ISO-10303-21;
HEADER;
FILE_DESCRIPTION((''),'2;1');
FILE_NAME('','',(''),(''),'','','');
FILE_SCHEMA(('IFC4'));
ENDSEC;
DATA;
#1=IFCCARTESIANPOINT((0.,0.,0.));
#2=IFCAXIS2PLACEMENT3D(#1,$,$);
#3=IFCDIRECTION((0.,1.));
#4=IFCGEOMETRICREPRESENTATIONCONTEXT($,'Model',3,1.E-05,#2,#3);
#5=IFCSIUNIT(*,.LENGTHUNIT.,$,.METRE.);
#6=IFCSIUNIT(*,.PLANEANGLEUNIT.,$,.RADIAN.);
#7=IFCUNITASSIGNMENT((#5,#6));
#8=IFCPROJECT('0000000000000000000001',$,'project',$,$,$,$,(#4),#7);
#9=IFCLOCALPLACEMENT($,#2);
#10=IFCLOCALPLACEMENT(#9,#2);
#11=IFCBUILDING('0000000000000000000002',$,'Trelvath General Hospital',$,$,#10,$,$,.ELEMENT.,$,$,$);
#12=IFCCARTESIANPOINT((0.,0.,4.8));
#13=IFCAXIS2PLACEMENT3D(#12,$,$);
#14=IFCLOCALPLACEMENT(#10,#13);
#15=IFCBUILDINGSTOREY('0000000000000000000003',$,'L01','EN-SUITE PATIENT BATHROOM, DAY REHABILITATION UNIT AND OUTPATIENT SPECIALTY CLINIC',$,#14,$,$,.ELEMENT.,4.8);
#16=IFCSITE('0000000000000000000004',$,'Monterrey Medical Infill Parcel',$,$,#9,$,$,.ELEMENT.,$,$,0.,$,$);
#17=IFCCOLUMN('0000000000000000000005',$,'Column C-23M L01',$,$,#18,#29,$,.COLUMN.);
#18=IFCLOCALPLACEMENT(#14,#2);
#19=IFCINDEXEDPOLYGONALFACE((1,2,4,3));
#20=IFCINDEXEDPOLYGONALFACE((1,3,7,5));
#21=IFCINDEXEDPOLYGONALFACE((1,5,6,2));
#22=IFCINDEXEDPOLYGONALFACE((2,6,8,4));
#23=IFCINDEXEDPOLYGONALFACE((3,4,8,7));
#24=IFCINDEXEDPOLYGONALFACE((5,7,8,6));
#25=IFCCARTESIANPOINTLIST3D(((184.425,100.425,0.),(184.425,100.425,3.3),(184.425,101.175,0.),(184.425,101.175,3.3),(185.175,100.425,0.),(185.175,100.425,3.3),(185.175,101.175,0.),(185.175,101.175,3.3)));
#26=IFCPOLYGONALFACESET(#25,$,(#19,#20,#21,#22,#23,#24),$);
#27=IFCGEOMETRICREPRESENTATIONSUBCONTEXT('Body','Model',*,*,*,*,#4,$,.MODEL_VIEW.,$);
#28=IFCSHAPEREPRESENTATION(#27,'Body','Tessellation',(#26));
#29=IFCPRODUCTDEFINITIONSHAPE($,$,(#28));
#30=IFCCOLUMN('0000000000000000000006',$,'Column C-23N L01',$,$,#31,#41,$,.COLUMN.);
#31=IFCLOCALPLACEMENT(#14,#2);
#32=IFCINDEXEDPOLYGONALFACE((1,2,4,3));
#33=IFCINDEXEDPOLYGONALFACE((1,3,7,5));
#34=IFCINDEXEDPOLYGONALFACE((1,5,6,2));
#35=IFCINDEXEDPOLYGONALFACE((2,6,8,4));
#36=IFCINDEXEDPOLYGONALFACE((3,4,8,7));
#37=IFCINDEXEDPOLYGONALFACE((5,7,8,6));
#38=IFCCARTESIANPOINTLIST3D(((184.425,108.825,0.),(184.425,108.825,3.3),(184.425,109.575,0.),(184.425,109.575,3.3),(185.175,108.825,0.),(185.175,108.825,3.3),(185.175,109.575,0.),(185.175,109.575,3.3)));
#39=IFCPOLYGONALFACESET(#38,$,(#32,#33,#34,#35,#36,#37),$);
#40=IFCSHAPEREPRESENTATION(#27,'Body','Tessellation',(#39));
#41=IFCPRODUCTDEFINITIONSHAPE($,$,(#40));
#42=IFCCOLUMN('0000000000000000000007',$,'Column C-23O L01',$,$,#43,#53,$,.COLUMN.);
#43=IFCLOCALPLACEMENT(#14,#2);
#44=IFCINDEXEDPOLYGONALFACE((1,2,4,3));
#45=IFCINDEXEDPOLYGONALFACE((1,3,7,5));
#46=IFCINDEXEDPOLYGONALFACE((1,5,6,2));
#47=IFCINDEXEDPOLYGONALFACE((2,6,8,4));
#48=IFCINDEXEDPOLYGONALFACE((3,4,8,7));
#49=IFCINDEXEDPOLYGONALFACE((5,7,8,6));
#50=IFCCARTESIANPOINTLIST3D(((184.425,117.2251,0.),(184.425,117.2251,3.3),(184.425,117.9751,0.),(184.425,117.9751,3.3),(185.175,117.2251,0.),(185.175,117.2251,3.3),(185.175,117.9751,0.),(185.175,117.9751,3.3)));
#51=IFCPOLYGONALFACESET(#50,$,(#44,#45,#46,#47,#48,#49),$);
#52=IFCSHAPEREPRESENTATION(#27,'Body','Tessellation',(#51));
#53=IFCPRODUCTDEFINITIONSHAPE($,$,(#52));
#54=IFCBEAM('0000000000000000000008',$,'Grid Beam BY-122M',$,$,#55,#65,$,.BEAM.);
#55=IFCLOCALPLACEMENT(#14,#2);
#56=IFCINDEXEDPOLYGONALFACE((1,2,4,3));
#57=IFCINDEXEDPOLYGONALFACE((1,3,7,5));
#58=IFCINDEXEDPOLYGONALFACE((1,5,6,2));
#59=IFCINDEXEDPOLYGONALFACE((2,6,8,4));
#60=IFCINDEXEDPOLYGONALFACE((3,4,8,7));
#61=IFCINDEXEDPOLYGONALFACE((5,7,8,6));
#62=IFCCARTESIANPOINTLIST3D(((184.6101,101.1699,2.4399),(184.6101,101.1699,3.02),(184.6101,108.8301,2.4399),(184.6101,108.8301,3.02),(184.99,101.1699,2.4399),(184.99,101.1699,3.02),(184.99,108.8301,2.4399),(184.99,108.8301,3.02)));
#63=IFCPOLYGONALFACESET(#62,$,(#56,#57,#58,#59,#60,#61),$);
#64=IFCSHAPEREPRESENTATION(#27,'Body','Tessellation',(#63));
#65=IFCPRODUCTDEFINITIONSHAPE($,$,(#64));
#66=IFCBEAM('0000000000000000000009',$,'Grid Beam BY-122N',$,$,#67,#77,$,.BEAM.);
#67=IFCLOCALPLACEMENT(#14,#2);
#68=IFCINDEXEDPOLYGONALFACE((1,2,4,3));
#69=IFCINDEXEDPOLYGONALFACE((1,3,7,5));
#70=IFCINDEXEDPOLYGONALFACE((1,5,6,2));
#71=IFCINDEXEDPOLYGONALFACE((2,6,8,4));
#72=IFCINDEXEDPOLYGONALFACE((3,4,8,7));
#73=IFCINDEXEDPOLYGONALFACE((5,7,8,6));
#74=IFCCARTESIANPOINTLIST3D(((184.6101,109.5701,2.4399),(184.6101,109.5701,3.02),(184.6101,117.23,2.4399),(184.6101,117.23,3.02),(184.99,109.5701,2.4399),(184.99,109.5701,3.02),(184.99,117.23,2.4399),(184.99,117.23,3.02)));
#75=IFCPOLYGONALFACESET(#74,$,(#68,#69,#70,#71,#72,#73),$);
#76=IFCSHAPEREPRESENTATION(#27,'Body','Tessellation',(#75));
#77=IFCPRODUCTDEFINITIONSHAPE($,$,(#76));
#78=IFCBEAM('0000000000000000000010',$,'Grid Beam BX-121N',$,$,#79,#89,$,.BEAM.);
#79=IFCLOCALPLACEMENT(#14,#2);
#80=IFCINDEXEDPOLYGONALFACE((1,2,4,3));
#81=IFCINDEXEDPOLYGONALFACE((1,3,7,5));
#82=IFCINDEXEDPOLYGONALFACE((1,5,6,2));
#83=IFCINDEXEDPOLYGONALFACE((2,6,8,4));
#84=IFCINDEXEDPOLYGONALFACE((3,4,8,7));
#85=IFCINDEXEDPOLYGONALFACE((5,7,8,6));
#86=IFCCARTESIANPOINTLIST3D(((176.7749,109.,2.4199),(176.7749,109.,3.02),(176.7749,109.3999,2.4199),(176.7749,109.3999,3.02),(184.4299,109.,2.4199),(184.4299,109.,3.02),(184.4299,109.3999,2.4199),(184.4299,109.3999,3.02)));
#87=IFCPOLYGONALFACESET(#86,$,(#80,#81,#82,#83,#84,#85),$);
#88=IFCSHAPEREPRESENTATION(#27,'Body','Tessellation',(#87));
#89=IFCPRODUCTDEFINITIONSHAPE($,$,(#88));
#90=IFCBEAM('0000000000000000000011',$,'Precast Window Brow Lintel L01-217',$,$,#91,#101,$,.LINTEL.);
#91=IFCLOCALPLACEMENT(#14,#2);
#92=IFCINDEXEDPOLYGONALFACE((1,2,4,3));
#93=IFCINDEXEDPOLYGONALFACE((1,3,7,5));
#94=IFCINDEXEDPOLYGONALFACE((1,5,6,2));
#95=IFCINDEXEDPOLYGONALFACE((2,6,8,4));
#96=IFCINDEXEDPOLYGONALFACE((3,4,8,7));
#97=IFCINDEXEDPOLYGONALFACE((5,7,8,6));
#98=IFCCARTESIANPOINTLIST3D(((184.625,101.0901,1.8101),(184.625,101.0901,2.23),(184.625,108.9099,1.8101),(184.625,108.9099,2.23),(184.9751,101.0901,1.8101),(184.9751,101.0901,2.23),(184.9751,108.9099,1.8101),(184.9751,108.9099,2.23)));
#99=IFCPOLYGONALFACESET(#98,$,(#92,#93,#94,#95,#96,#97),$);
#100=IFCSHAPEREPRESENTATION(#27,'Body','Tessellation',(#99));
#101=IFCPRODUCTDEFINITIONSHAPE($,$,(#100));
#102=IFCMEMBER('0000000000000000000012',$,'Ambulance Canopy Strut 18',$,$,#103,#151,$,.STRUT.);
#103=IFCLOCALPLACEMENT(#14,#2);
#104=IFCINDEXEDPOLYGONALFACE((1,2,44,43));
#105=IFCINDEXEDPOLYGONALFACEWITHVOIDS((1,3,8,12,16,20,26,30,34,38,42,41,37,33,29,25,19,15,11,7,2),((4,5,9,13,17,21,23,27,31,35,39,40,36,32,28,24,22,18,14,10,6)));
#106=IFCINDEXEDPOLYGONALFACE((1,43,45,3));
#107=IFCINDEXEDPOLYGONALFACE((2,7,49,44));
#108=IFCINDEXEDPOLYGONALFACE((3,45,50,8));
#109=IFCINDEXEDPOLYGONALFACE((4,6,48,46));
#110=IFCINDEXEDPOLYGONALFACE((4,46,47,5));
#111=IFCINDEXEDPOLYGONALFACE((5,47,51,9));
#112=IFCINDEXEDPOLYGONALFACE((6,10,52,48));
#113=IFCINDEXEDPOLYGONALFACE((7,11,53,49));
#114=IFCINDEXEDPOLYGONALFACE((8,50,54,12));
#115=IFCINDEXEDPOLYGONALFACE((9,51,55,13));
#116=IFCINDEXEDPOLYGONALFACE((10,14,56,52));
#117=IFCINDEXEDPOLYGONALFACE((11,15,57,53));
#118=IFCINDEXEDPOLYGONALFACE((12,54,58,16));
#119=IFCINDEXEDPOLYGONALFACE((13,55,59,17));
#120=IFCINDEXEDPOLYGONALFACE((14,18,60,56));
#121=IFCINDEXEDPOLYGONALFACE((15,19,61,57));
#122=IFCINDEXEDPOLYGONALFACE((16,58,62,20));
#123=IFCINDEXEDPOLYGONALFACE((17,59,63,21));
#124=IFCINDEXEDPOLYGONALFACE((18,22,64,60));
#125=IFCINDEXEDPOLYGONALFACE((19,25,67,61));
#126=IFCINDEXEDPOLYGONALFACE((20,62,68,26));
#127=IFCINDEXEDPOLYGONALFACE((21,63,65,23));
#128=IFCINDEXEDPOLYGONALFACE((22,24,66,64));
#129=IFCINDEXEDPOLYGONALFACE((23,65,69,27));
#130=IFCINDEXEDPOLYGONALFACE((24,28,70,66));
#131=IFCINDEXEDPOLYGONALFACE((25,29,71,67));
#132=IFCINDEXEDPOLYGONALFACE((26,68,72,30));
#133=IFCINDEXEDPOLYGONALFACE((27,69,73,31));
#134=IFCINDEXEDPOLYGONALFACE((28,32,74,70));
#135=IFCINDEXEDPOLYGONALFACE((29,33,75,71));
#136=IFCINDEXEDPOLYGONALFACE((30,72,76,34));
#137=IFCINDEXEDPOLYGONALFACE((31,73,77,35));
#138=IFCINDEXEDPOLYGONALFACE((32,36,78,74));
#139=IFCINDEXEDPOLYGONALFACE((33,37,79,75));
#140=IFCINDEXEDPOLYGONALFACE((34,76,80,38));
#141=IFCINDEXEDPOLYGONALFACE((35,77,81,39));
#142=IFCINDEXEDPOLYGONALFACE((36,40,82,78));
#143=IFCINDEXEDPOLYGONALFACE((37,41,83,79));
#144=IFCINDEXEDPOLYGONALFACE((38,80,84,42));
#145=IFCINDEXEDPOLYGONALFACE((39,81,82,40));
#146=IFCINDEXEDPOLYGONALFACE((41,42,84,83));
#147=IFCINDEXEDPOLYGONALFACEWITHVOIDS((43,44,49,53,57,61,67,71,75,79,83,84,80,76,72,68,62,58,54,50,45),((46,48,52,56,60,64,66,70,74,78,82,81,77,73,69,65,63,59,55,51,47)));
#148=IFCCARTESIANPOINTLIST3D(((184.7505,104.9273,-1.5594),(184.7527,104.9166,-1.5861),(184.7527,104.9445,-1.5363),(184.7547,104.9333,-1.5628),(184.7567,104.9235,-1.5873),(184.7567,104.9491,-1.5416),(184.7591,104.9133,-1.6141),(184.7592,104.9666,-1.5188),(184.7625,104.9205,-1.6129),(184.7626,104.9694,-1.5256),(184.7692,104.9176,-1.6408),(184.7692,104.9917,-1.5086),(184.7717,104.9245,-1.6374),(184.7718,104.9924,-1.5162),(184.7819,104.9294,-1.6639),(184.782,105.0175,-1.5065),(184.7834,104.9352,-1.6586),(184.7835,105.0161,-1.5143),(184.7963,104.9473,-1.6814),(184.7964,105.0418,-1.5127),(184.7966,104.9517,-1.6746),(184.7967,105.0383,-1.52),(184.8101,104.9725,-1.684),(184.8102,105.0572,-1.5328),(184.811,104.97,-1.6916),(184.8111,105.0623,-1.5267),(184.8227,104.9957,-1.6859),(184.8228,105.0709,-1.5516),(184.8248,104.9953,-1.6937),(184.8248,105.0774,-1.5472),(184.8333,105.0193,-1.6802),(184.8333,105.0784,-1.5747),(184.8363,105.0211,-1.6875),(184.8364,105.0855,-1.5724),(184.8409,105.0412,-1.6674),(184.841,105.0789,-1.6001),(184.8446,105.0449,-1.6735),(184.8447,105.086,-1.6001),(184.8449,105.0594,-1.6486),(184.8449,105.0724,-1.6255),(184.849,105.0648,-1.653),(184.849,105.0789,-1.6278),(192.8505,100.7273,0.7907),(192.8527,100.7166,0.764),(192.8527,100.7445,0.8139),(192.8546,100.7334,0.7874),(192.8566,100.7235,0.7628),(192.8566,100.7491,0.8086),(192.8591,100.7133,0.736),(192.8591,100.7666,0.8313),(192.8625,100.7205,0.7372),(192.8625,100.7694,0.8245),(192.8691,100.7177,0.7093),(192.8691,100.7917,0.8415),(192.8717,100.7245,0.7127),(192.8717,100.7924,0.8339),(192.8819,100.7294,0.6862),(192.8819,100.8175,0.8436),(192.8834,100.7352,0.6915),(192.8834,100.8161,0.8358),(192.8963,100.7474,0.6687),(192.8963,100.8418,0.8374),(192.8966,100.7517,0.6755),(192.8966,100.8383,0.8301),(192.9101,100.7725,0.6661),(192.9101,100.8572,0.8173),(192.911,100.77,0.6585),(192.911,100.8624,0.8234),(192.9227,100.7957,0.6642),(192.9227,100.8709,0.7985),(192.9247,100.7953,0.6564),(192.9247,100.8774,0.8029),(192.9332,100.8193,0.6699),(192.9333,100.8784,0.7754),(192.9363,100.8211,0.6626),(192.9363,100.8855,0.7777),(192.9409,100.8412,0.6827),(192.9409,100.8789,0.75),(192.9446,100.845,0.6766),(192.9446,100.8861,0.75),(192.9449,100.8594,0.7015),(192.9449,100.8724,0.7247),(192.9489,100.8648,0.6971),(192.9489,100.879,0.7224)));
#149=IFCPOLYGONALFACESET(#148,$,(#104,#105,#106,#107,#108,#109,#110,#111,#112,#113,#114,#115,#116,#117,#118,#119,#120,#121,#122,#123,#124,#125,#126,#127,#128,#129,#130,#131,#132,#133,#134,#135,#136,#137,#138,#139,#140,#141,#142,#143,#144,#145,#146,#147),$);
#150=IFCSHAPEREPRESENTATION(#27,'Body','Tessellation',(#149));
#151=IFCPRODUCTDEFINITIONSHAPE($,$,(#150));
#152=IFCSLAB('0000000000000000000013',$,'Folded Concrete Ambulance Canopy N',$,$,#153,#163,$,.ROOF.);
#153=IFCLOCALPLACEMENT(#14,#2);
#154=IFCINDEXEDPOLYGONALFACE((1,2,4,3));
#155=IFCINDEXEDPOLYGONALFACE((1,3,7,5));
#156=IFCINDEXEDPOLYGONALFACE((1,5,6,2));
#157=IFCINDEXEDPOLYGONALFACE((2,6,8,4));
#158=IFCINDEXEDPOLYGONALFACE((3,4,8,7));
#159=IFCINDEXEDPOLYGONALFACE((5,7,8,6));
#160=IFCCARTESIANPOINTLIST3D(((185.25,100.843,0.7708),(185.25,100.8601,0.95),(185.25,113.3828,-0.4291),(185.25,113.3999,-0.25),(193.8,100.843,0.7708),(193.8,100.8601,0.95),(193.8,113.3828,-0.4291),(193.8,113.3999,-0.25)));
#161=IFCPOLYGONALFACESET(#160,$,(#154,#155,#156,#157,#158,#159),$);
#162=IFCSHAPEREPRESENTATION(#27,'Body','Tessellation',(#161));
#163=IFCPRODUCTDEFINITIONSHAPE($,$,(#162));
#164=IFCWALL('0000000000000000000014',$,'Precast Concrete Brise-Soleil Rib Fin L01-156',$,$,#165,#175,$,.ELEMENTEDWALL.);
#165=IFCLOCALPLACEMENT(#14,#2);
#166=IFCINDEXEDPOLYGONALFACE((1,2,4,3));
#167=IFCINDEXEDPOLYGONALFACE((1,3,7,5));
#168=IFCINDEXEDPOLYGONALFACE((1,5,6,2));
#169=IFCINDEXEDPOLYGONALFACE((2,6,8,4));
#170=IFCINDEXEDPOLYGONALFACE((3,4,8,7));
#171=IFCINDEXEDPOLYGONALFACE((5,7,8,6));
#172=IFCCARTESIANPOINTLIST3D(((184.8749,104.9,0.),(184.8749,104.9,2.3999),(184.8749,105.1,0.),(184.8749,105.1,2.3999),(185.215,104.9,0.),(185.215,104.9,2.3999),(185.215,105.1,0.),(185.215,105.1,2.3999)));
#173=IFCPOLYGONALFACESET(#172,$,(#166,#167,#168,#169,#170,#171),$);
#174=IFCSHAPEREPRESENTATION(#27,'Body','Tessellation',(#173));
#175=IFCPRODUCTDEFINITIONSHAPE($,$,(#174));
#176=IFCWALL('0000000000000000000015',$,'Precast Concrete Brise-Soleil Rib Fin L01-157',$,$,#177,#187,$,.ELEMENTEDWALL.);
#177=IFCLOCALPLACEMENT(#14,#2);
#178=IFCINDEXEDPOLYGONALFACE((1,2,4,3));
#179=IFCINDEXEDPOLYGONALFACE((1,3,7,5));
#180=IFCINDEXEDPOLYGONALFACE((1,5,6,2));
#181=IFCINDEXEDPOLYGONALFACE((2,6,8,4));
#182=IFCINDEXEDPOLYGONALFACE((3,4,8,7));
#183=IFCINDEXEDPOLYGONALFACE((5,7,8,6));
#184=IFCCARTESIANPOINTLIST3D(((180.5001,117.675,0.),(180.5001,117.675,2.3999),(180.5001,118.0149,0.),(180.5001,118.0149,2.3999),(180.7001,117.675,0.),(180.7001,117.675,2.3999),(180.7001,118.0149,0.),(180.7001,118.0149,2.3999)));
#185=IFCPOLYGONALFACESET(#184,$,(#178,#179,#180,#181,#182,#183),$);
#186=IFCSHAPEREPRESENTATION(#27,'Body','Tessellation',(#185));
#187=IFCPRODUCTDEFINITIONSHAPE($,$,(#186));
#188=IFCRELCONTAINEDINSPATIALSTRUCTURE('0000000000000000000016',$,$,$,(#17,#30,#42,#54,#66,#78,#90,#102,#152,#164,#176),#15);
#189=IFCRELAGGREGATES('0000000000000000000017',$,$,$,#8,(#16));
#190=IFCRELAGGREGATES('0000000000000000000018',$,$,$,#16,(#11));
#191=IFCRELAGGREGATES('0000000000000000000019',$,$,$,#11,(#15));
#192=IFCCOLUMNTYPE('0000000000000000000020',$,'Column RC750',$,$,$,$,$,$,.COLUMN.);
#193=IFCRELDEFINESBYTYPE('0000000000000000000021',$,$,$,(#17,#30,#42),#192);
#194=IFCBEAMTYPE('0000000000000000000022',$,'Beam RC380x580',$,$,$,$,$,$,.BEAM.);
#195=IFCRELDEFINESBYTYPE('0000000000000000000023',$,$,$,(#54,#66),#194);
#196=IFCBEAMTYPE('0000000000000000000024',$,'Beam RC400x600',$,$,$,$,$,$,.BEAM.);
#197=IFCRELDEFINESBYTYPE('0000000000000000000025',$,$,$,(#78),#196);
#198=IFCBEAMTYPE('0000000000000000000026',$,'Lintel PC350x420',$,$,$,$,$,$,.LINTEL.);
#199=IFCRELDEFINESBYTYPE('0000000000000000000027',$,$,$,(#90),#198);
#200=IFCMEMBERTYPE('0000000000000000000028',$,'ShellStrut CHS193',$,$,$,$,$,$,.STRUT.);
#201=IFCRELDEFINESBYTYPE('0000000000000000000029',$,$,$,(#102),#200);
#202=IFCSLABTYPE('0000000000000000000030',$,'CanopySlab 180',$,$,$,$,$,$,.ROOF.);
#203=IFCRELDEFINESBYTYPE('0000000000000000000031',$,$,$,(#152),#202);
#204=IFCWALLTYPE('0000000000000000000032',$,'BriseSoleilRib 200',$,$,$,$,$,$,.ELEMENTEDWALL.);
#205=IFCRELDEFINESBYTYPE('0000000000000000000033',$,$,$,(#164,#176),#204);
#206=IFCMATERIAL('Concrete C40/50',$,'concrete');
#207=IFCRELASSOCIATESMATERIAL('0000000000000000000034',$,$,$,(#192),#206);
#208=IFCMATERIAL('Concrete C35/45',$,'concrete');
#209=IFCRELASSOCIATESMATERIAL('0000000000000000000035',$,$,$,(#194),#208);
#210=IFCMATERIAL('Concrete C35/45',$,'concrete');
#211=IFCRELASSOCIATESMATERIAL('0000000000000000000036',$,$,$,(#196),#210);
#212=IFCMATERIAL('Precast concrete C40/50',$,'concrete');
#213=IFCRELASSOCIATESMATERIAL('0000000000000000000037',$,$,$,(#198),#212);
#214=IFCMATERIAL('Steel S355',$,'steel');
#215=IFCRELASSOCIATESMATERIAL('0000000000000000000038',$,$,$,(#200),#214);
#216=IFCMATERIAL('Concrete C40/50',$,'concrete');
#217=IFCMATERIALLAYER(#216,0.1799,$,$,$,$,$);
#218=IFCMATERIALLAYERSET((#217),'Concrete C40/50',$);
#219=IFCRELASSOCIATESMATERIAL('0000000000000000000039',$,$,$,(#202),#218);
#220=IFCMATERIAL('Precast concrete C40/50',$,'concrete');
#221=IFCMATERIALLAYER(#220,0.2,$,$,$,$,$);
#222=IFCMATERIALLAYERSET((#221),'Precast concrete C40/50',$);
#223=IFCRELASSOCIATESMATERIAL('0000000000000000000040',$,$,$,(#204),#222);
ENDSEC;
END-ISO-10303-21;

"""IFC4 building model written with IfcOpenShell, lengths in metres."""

from ifc_helpers import new_model, si_unit, direction, frame, frame_2d, origin, origin_2d, place, context, subcontext, project, spatial, polyline, rectangle, hollow_circle, outline, extrude, material, layer, layer_set, material_profile, profile_set, type_object, element, save


model = new_model("IFC4")

# Units and contexts
model_context = context("Model", 3, precision=1e-05, world=origin(), true_north=direction((0.0, 1.0)))
body_context = subcontext(model_context, "Body", "Model", "MODEL_VIEW")
ifc_project = project(units=[si_unit("LENGTHUNIT", "METRE"), si_unit("PLANEANGLEUNIT", "RADIAN")], contexts=[model_context])

# Site, building, storey
site_placement = place(None, origin())
site = spatial("IfcSite", under=ifc_project, at=site_placement, Name="Monterrey Medical Infill Parcel", CompositionType="ELEMENT", RefElevation=0.0)
building_placement = place(site_placement, origin())
building = spatial("IfcBuilding", under=site, at=building_placement, Name="Trelvath General Hospital", CompositionType="ELEMENT")
storey_placement = place(building_placement, frame((0.0, 0.0, 4.8)))
storey = spatial("IfcBuildingStorey", under=building, at=storey_placement, Name="L01", Description="EN-SUITE PATIENT BATHROOM, DAY REHABILITATION UNIT AND OUTPATIENT SPECIALTY CLINIC", CompositionType="ELEMENT", Elevation=4.8)

# Columns
ifc_material_1 = material(Name="Concrete C40/50", Category="concrete")
ifc_material_profile_1 = material_profile(ifc_material_1, rectangle(XDim=0.75, YDim=0.75, at=origin_2d()), Name="RC750x750")
ifc_profile_set_1 = profile_set([ifc_material_profile_1], Name="Concrete C40/50")
column_type = type_object("IfcColumnType", Name="Column RC750", PredefinedType="COLUMN", material=ifc_profile_set_1)
for number, where, z_axis, x_axis, name in (
    (1, (184.8, 100.8, 0.0), (0.0, 0.0, 1.0), (1.0, 0.0, 0.0), "Column C-23M L01"),
    (2, (184.8, 109.2, 0.0), (0.0, 0.0, 1.0), (1.0, 0.0, 0.0), "Column C-23N L01"),
    (3, (184.8, 117.6001, 0.0), (0.0, 0.0, 1.0), (1.0, 0.0, 0.0), "Column C-23O L01"),
):
    element("IfcColumn", number, at=place(storey_placement, frame(where, z_axis=z_axis, x_axis=x_axis)), inside=storey, type_object=column_type, Name=name, PredefinedType="COLUMN", context=body_context, shape_type="SweptSolid", body=[
        extrude(rectangle(XDim=0.75, YDim=0.75, at=origin_2d()), origin(), (0.0, 0.0, 1.0), 3.3),
    ])

# Beams
ifc_material_2 = material(Name="Concrete C35/45", Category="concrete")
ifc_material_profile_2 = material_profile(ifc_material_2, rectangle(XDim=0.3799, YDim=0.5801, at=origin_2d()), Name="RCB380x580")
ifc_profile_set_2 = profile_set([ifc_material_profile_2], Name="Concrete C35/45")
beam_type_1 = type_object("IfcBeamType", Name="Beam RC380x580", PredefinedType="BEAM", material=ifc_profile_set_2)
beam_1_placement = place(storey_placement, frame((184.8, 101.1699, 2.73), z_axis=(0.0, 1.0, 0.0), x_axis=(-1.0, 0.0, 0.0)))
element("IfcBeam", 4, at=beam_1_placement, inside=storey, type_object=beam_type_1, Name="Grid Beam BY-122M", PredefinedType="BEAM", context=body_context, shape_type="SweptSolid", body=[
    extrude(rectangle(XDim=0.3799, YDim=0.5801, at=origin_2d()), origin(), (0.0, 0.0, 1.0), 7.6602),
])
beam_2_placement = place(storey_placement, frame((184.8, 109.5701, 2.73), z_axis=(0.0, 1.0, 0.0), x_axis=(-1.0, 0.0, 0.0)))
element("IfcBeam", 5, at=beam_2_placement, inside=storey, type_object=beam_type_1, Name="Grid Beam BY-122N", PredefinedType="BEAM", context=body_context, shape_type="SweptSolid", body=[
    extrude(rectangle(XDim=0.3799, YDim=0.5801, at=origin_2d()), origin(), (0.0, 0.0, 1.0), 7.6599),
])
ifc_material_3 = material(Name="Concrete C35/45", Category="concrete")
ifc_material_profile_3 = material_profile(ifc_material_3, rectangle(XDim=0.3999, YDim=0.6001, at=origin_2d()), Name="RCB400x600")
ifc_profile_set_3 = profile_set([ifc_material_profile_3], Name="Concrete C35/45")
beam_type_2 = type_object("IfcBeamType", Name="Beam RC400x600", PredefinedType="BEAM", material=ifc_profile_set_3)
beam_3_placement = place(storey_placement, frame((176.7749, 109.2, 2.72), z_axis=(1.0, 0.0, 0.0), x_axis=(0.0, 1.0, 0.0)))
element("IfcBeam", 6, at=beam_3_placement, inside=storey, type_object=beam_type_2, Name="Grid Beam BX-121N", PredefinedType="BEAM", context=body_context, shape_type="SweptSolid", body=[
    extrude(rectangle(XDim=0.3999, YDim=0.6001, at=origin_2d()), origin(), (0.0, 0.0, 1.0), 7.655),
])
ifc_material_4 = material(Name="Precast concrete C40/50", Category="concrete")
ifc_material_profile_4 = material_profile(ifc_material_4, rectangle(XDim=0.3501, YDim=0.4199, at=origin_2d()), Name="PCL350x420")
ifc_profile_set_4 = profile_set([ifc_material_profile_4], Name="Precast concrete C40/50")
beam_type_3 = type_object("IfcBeamType", Name="Lintel PC350x420", PredefinedType="LINTEL", material=ifc_profile_set_4)
beam_4_placement = place(storey_placement, frame((184.8, 108.9099, 2.02), z_axis=(0.0, -1.0, 0.0), x_axis=(1.0, 0.0, 0.0)))
element("IfcBeam", 7, at=beam_4_placement, inside=storey, type_object=beam_type_3, Name="Precast Window Brow Lintel L01-217", PredefinedType="LINTEL", context=body_context, shape_type="SweptSolid", body=[
    extrude(rectangle(XDim=0.3501, YDim=0.4199, at=origin_2d()), origin(), (0.0, 0.0, 1.0), 7.8198),
])

# Member
ifc_material_5 = material(Name="Steel S355", Category="steel")
ifc_material_profile_5 = material_profile(ifc_material_5, hollow_circle(Radius=0.0969, WallThickness=0.0081, at=origin_2d()), Name="CHS193.7x8.0")
ifc_profile_set_5 = profile_set([ifc_material_profile_5], Name="Steel S355")
member_type = type_object("IfcMemberType", Name="ShellStrut CHS193", PredefinedType="STRUT", material=ifc_profile_set_5)
member_placement = place(storey_placement, frame((184.8, 105.0, -1.6001), z_axis=(0.859693, -0.44577, 0.249432), x_axis=(0.46032, 0.887753, 0.0)))
element("IfcMember", 8, at=member_placement, inside=storey, type_object=member_type, Name="Ambulance Canopy Strut 18", PredefinedType="STRUT", context=body_context, shape_type="SweptSolid", body=[
    extrude(hollow_circle(Radius=0.0969, WallThickness=0.0081, at=origin_2d()), origin(), (0.0, 0.0, 1.0), 9.4219),
])

# Slab
ifc_material_6 = material(Name="Concrete C40/50", Category="concrete")
ifc_layer_1 = layer(ifc_material_6, 0.1799)
ifc_layer_set_1 = layer_set([ifc_layer_1], Name="Concrete C40/50")
slab_type = type_object("IfcSlabType", Name="CanopySlab 180", PredefinedType="ROOF", material=ifc_layer_set_1)
slab_placement = place(storey_placement, frame((185.25, 100.8601, 0.95), z_axis=(0.0, 0.095256, 0.995453), x_axis=(1.0, 0.0, 0.0)))
element("IfcSlab", 9, at=slab_placement, inside=storey, type_object=slab_type, Name="Folded Concrete Ambulance Canopy N", PredefinedType="ROOF", context=body_context, shape_type="SweptSolid", body=[
    extrude(outline(polyline([(0.0, 0.0), (8.55, 0.0), (8.55, 12.5971), (0.0, 12.5971), (0.0, 0.0)])), origin(), (0.0, 0.0, -1.0), 0.1799),
])

# Walls
ifc_material_7 = material(Name="Precast concrete C40/50", Category="concrete")
ifc_layer_2 = layer(ifc_material_7, 0.2)
ifc_layer_set_2 = layer_set([ifc_layer_2], Name="Precast concrete C40/50")
wall_type_1 = type_object("IfcWallType", Name="BriseSoleilRib 200", PredefinedType="ELEMENTEDWALL", material=ifc_layer_set_2)
wall_1_placement = place(storey_placement, frame((184.875, 105.0, 0.0), z_axis=(0.0, 0.0, 1.0), x_axis=(1.0, 0.0, 0.0)))
element("IfcWall", 10, at=wall_1_placement, inside=storey, type_object=wall_type_1, Name="Precast Concrete Brise-Soleil Rib Fin L01-156", PredefinedType="ELEMENTEDWALL", context=body_context, shape_type="SweptSolid", body=[
    extrude(rectangle(XDim=0.3401, YDim=0.2, at=frame_2d((0.1699, 0.0))), origin(), (0.0, 0.0, 1.0), 2.3999),
])
wall_2_placement = place(storey_placement, frame((180.6001, 117.675, 0.0), z_axis=(0.0, 0.0, 1.0), x_axis=(0.0, 1.0, 0.0)))
element("IfcWall", 11, at=wall_2_placement, inside=storey, type_object=wall_type_1, Name="Precast Concrete Brise-Soleil Rib Fin L01-157", PredefinedType="ELEMENTEDWALL", context=body_context, shape_type="SweptSolid", body=[
    extrude(rectangle(XDim=0.3398, YDim=0.2, at=frame_2d((0.1699, 0.0))), origin(), (0.0, 0.0, 1.0), 2.3999),
])

save(model, "model.ifc")
